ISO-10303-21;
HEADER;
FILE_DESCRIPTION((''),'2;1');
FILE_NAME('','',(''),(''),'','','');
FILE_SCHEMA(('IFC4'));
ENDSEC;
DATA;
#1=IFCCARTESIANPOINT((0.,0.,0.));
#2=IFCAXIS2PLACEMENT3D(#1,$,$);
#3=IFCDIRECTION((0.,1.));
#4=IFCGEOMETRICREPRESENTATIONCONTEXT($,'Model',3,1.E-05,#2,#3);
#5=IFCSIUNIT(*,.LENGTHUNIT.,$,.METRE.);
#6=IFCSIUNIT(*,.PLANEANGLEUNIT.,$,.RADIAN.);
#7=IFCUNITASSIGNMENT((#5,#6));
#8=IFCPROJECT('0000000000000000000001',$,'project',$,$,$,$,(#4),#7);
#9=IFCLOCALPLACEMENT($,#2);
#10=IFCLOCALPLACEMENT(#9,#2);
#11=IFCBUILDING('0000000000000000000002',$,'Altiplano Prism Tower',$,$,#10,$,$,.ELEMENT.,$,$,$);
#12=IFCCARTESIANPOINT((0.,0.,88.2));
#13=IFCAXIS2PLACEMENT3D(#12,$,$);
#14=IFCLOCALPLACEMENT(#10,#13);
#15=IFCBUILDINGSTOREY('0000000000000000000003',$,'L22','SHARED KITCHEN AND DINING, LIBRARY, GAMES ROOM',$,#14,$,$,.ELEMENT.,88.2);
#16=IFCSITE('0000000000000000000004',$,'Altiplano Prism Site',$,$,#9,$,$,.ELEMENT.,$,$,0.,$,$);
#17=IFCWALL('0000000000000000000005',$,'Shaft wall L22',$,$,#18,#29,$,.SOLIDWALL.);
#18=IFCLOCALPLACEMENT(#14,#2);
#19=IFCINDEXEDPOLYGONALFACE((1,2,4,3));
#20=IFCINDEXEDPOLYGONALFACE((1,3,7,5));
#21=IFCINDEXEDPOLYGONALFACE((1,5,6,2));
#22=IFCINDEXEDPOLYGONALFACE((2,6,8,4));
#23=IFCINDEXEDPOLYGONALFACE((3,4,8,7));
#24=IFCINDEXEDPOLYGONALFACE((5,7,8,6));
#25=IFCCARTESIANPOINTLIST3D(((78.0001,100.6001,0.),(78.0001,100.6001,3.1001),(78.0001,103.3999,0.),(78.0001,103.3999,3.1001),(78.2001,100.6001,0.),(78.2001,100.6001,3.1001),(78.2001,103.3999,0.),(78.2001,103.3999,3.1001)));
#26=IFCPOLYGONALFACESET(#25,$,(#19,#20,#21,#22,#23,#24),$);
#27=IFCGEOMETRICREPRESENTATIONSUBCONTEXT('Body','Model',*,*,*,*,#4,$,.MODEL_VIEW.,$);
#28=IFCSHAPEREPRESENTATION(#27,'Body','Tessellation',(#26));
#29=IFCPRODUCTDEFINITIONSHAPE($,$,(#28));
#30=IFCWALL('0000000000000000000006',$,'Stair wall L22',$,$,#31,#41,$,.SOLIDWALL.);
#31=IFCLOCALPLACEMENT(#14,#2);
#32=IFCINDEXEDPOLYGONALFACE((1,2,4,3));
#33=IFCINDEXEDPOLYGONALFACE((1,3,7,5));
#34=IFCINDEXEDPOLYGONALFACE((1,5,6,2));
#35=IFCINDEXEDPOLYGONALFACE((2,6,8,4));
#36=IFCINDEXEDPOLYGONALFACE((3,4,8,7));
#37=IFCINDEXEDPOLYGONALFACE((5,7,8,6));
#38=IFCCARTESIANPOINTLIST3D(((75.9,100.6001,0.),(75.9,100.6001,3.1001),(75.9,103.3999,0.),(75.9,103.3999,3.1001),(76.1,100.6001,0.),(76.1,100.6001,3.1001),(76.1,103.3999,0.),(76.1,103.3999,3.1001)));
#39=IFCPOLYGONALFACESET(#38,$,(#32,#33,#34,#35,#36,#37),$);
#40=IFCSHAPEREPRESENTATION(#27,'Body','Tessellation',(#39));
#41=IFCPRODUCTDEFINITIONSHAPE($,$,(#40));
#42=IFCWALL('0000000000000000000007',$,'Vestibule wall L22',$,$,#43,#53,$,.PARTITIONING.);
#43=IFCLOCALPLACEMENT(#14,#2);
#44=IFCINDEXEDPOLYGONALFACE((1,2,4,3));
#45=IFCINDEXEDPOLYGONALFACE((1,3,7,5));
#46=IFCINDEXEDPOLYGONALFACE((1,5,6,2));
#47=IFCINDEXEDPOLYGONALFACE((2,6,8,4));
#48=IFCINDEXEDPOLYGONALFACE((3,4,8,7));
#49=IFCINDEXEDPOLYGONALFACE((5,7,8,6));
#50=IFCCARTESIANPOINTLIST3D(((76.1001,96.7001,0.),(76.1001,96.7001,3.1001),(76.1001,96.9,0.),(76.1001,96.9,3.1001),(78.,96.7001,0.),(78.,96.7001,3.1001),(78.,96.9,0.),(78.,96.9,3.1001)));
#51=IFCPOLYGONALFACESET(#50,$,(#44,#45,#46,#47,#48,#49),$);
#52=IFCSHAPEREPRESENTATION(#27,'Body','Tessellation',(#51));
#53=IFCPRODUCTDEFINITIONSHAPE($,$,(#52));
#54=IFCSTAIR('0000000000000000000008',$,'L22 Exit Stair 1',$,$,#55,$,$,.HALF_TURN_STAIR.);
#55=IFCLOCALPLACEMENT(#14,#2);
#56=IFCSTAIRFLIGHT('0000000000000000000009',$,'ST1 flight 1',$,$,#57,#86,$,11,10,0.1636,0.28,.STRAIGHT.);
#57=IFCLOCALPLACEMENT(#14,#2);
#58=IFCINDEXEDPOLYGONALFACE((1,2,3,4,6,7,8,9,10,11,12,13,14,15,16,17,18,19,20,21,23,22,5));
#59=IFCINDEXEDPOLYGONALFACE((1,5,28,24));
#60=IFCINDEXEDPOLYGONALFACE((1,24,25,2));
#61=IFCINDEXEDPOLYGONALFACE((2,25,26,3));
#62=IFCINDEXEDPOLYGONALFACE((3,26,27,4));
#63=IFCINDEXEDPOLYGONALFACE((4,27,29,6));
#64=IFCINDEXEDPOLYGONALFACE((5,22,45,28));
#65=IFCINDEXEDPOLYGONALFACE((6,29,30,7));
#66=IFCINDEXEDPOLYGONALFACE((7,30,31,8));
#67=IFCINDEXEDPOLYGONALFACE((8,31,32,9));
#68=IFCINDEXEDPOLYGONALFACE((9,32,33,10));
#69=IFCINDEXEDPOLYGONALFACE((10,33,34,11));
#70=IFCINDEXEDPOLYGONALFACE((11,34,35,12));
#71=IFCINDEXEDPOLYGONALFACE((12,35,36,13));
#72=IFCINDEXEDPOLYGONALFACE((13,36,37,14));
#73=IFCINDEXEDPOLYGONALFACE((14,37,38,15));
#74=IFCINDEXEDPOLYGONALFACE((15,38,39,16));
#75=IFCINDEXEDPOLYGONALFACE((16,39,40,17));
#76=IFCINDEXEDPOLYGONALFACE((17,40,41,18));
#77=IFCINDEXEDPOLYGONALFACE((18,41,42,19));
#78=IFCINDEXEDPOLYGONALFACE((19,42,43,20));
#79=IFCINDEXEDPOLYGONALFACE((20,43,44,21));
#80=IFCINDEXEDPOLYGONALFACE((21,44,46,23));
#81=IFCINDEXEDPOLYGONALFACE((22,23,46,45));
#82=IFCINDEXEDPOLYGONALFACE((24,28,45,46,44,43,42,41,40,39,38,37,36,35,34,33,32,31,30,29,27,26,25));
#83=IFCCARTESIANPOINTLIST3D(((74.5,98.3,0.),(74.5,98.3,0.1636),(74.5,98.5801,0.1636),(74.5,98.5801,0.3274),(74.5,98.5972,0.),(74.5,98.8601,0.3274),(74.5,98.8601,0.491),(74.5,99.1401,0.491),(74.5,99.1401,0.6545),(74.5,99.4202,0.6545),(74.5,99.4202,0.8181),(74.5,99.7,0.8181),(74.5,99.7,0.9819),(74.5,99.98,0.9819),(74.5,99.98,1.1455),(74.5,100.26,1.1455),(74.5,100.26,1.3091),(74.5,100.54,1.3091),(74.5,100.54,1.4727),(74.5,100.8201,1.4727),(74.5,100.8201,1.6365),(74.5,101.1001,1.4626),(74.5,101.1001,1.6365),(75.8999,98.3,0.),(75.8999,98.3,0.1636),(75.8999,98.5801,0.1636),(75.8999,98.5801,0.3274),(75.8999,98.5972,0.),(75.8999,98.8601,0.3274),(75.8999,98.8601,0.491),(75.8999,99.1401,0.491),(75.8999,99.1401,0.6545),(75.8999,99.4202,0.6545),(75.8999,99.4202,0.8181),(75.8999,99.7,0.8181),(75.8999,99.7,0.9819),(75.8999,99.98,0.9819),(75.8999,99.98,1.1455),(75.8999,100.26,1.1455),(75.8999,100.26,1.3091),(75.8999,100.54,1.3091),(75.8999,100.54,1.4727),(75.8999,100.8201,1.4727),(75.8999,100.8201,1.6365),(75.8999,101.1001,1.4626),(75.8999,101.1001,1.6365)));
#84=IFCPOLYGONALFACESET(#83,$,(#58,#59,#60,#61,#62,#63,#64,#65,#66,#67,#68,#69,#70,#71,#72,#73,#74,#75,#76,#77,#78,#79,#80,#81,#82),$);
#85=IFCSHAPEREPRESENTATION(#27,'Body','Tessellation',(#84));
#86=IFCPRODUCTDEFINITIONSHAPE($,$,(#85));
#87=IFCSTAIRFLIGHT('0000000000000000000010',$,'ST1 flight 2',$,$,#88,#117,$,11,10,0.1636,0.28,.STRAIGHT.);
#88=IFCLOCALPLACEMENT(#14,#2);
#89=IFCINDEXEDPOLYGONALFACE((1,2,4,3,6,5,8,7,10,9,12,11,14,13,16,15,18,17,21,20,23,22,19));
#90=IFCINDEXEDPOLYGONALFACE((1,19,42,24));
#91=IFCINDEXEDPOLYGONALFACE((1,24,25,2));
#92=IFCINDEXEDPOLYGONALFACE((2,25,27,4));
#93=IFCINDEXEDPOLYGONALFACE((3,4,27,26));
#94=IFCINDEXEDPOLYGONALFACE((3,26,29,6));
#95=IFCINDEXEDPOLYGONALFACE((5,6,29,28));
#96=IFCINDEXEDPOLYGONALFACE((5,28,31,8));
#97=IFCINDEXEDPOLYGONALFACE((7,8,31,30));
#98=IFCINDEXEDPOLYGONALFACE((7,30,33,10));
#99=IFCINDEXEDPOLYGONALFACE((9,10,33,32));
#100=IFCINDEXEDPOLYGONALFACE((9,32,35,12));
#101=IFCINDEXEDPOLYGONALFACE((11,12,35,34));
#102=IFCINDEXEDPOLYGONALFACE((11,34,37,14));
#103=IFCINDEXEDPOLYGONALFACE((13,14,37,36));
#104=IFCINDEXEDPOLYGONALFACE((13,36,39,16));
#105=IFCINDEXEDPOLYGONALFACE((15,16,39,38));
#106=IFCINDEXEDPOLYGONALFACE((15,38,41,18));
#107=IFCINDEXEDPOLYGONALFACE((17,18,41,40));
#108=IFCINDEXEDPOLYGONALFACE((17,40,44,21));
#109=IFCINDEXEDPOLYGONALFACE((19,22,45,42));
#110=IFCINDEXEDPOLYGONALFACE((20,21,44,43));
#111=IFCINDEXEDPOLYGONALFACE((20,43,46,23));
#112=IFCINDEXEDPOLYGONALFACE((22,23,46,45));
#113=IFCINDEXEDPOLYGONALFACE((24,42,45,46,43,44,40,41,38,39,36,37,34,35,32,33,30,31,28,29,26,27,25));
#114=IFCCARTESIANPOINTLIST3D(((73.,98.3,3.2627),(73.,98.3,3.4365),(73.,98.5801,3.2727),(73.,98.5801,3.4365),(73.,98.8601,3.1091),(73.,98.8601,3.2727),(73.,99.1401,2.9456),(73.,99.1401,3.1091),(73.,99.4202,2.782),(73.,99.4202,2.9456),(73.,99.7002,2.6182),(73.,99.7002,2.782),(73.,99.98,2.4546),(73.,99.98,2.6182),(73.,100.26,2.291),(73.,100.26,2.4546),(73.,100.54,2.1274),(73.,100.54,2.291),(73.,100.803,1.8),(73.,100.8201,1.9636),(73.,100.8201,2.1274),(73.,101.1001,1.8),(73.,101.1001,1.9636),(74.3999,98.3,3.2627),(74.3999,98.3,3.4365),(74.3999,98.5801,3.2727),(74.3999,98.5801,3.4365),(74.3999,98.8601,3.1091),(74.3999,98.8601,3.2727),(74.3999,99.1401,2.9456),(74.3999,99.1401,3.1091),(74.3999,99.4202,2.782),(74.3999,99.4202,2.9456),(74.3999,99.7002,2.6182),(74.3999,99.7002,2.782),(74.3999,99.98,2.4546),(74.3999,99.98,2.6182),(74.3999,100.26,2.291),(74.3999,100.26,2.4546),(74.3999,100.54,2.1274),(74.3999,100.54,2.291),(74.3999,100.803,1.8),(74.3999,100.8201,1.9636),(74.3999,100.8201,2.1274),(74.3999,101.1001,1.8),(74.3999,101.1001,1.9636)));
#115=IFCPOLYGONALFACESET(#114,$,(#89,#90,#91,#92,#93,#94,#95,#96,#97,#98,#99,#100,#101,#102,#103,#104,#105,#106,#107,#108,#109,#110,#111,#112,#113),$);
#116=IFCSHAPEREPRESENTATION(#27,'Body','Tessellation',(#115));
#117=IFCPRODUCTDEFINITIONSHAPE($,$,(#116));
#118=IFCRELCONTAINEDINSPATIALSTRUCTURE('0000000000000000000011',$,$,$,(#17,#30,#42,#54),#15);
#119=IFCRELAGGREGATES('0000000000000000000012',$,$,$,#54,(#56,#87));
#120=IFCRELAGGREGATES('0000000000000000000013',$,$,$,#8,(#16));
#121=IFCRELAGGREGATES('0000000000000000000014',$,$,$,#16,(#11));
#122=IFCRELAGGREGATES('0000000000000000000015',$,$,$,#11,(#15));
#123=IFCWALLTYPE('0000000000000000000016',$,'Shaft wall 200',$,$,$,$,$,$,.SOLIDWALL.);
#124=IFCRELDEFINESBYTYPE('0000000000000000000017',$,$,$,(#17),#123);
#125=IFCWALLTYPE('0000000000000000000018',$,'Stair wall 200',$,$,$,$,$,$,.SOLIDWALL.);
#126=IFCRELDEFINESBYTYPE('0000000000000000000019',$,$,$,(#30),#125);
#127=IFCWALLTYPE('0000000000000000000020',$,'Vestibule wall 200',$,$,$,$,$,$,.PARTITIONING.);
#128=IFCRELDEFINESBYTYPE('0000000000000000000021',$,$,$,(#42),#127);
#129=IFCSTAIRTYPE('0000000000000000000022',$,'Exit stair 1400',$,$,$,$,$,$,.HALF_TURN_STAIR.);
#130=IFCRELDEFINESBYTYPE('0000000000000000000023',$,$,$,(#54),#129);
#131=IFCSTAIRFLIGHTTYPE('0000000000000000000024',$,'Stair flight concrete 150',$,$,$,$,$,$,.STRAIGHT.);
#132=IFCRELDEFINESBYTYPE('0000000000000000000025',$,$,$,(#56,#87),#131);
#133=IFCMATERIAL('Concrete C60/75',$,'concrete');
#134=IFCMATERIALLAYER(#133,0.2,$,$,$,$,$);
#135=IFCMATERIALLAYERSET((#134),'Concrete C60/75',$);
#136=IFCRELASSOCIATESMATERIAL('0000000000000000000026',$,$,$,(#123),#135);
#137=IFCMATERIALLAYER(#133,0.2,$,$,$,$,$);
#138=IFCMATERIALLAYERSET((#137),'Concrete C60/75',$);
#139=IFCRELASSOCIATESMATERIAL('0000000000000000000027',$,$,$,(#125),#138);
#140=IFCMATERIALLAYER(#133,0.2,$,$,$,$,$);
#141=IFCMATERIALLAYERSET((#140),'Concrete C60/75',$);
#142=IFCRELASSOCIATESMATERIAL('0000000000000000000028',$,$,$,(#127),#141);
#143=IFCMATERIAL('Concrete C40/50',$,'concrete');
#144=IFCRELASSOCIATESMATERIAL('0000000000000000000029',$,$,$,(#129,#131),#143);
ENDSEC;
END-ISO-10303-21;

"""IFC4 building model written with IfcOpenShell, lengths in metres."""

from ifc_helpers import new_model, si_unit, direction, frame, frame_2d, origin, place, context, subcontext, project, spatial, polyline, rectangle, outline, extrude, material, layer, layer_set, type_object, element, aggregate, save


model = new_model("IFC4")

# Units and contexts
model_context = context("Model", 3, precision=1e-05, world=origin(), true_north=direction((0.0, 1.0)))
body_context = subcontext(model_context, "Body", "Model", "MODEL_VIEW")
ifc_project = project(units=[si_unit("LENGTHUNIT", "METRE"), si_unit("PLANEANGLEUNIT", "RADIAN")], contexts=[model_context])

# Site, building, storey
site_placement = place(None, origin())
site = spatial("IfcSite", under=ifc_project, at=site_placement, Name="Altiplano Prism Site", CompositionType="ELEMENT", RefElevation=0.0)
building_placement = place(site_placement, origin())
building = spatial("IfcBuilding", under=site, at=building_placement, Name="Altiplano Prism Tower", CompositionType="ELEMENT")
storey_placement = place(building_placement, frame((0.0, 0.0, 88.2)))
storey = spatial("IfcBuildingStorey", under=building, at=storey_placement, Name="L22", Description="SHARED KITCHEN AND DINING, LIBRARY, GAMES ROOM", CompositionType="ELEMENT", Elevation=88.2)

# Wall
ifc_material_1 = material(Name="Concrete C60/75", Category="concrete")
ifc_layer_1 = layer(ifc_material_1, 0.2)
ifc_layer_set_1 = layer_set([ifc_layer_1], Name="Concrete C60/75")
wall_type_1 = type_object("IfcWallType", Name="Shaft wall 200", PredefinedType="SOLIDWALL", material=ifc_layer_set_1)
wall_1_placement = place(storey_placement, frame((78.1001, 100.6001, 0.0), z_axis=(0.0, 0.0, 1.0), x_axis=(0.0, 1.0, 0.0)))
element("IfcWall", 1, at=wall_1_placement, inside=storey, type_object=wall_type_1, Name="Shaft wall L22", PredefinedType="SOLIDWALL", context=body_context, shape_type="SweptSolid", body=[
    extrude(rectangle(XDim=2.7998, YDim=0.2, at=frame_2d((1.3999, 0.0))), origin(), (0.0, 0.0, 1.0), 3.1001),
])

# Shared definitions
ifc_layer_2 = layer(ifc_material_1, 0.2)
ifc_layer_set_2 = layer_set([ifc_layer_2], Name="Concrete C60/75")
wall_type_2 = type_object("IfcWallType", Name="Stair wall 200", PredefinedType="SOLIDWALL", material=ifc_layer_set_2)

# Walls
wall_2_placement = place(storey_placement, frame((76.0, 100.6001, 0.0), z_axis=(0.0, 0.0, 1.0), x_axis=(0.0, 1.0, 0.0)))
element("IfcWall", 2, at=wall_2_placement, inside=storey, type_object=wall_type_2, Name="Stair wall L22", PredefinedType="SOLIDWALL", context=body_context, shape_type="SweptSolid", body=[
    extrude(rectangle(XDim=2.7998, YDim=0.2, at=frame_2d((1.3999, 0.0))), origin(), (0.0, 0.0, 1.0), 3.1001),
])
ifc_layer_3 = layer(ifc_material_1, 0.2)
ifc_layer_set_3 = layer_set([ifc_layer_3], Name="Concrete C60/75")
wall_type_3 = type_object("IfcWallType", Name="Vestibule wall 200", PredefinedType="PARTITIONING", material=ifc_layer_set_3)
wall_3_placement = place(storey_placement, frame((76.1001, 96.8, 0.0), z_axis=(0.0, 0.0, 1.0), x_axis=(1.0, 0.0, 0.0)))
element("IfcWall", 3, at=wall_3_placement, inside=storey, type_object=wall_type_3, Name="Vestibule wall L22", PredefinedType="PARTITIONING", context=body_context, shape_type="SweptSolid", body=[
    extrude(rectangle(XDim=1.8999, YDim=0.2, at=frame_2d((0.95, 0.0))), origin(), (0.0, 0.0, 1.0), 3.1001),
])

# Stair, stair flights
ifc_material_2 = material(Name="Concrete C40/50", Category="concrete")
stair_type = type_object("IfcStairType", Name="Exit stair 1400", PredefinedType="HALF_TURN_STAIR", material=ifc_material_2)
stair_placement = place(storey_placement, origin())
stair = element("IfcStair", 4, at=stair_placement, inside=storey, type_object=stair_type, Name="L22 Exit Stair 1", PredefinedType="HALF_TURN_STAIR")
stair_flight_type = type_object("IfcStairFlightType", Name="Stair flight concrete 150", PredefinedType="STRAIGHT", material=ifc_material_2)
stair_flight_1_placement = place(storey_placement, frame((75.2, 98.3, 0.0), z_axis=(0.0, 0.0, 1.0), x_axis=(0.0, 1.0, 0.0)))
stair_flight_1 = element("IfcStairFlight", 5, at=stair_flight_1_placement, type_object=stair_flight_type, Name="ST1 flight 1", NumberOfRisers=11, NumberOfTreads=10, PredefinedType="STRAIGHT", RiserHeight=0.1636, TreadLength=0.28, context=body_context, shape_type="SweptSolid", body=[
    extrude(outline(polyline([(0.0, 0.0), (0.0, 0.1636), (0.28, 0.1636), (0.28, 0.3274), (0.5601, 0.3274), (0.5601, 0.491), (0.8401, 0.491), (0.8401, 0.6545), (1.1201, 0.6545), (1.1201, 0.8181), (1.3999, 0.8181), (1.3999, 0.9819), (1.6799, 0.9819), (1.6799, 1.1455), (1.96, 1.1455), (1.96, 1.3091), (2.24, 1.3091), (2.24, 1.4727), (2.52, 1.4727), (2.52, 1.6365), (2.8, 1.6365), (2.8, 1.8), (2.8, 1.4626), (0.2971, 0.0), (0.0, 0.0)])), frame((0.0, 0.7, 0.0), z_axis=(0.0, -1.0, 0.0), x_axis=(1.0, 0.0, 0.0)), (0.0, 0.0, 1.0), 1.3999),
])
stair_flight_2_placement = place(storey_placement, frame((73.7, 101.1001, 1.8), z_axis=(0.0, 0.0, 1.0), x_axis=(0.0, -1.0, 0.0)))
stair_flight_2 = element("IfcStairFlight", 6, at=stair_flight_2_placement, type_object=stair_flight_type, Name="ST1 flight 2", NumberOfRisers=11, NumberOfTreads=10, PredefinedType="STRAIGHT", RiserHeight=0.1636, TreadLength=0.28, context=body_context, shape_type="SweptSolid", body=[
    extrude(outline(polyline([(0.0, 0.0), (0.0, 0.1636), (0.28, 0.1636), (0.28, 0.3274), (0.5601, 0.3274), (0.5601, 0.491), (0.8401, 0.491), (0.8401, 0.6545), (1.1201, 0.6545), (1.1201, 0.8181), (1.3999, 0.8181), (1.3999, 0.9819), (1.6799, 0.9819), (1.6799, 1.1455), (1.96, 1.1455), (1.96, 1.3091), (2.24, 1.3091), (2.24, 1.4727), (2.52, 1.4727), (2.52, 1.6365), (2.8, 1.6365), (2.8, 1.8), (2.8, 1.4626), (0.2971, 0.0), (0.0, 0.0)])), frame((0.0, 0.7, 0.0), z_axis=(0.0, -1.0, 0.0), x_axis=(1.0, 0.0, 0.0)), (0.0, 0.0, 1.0), 1.3999),
])
aggregate(stair, [stair_flight_1, stair_flight_2])

save(model, "model.ifc")
